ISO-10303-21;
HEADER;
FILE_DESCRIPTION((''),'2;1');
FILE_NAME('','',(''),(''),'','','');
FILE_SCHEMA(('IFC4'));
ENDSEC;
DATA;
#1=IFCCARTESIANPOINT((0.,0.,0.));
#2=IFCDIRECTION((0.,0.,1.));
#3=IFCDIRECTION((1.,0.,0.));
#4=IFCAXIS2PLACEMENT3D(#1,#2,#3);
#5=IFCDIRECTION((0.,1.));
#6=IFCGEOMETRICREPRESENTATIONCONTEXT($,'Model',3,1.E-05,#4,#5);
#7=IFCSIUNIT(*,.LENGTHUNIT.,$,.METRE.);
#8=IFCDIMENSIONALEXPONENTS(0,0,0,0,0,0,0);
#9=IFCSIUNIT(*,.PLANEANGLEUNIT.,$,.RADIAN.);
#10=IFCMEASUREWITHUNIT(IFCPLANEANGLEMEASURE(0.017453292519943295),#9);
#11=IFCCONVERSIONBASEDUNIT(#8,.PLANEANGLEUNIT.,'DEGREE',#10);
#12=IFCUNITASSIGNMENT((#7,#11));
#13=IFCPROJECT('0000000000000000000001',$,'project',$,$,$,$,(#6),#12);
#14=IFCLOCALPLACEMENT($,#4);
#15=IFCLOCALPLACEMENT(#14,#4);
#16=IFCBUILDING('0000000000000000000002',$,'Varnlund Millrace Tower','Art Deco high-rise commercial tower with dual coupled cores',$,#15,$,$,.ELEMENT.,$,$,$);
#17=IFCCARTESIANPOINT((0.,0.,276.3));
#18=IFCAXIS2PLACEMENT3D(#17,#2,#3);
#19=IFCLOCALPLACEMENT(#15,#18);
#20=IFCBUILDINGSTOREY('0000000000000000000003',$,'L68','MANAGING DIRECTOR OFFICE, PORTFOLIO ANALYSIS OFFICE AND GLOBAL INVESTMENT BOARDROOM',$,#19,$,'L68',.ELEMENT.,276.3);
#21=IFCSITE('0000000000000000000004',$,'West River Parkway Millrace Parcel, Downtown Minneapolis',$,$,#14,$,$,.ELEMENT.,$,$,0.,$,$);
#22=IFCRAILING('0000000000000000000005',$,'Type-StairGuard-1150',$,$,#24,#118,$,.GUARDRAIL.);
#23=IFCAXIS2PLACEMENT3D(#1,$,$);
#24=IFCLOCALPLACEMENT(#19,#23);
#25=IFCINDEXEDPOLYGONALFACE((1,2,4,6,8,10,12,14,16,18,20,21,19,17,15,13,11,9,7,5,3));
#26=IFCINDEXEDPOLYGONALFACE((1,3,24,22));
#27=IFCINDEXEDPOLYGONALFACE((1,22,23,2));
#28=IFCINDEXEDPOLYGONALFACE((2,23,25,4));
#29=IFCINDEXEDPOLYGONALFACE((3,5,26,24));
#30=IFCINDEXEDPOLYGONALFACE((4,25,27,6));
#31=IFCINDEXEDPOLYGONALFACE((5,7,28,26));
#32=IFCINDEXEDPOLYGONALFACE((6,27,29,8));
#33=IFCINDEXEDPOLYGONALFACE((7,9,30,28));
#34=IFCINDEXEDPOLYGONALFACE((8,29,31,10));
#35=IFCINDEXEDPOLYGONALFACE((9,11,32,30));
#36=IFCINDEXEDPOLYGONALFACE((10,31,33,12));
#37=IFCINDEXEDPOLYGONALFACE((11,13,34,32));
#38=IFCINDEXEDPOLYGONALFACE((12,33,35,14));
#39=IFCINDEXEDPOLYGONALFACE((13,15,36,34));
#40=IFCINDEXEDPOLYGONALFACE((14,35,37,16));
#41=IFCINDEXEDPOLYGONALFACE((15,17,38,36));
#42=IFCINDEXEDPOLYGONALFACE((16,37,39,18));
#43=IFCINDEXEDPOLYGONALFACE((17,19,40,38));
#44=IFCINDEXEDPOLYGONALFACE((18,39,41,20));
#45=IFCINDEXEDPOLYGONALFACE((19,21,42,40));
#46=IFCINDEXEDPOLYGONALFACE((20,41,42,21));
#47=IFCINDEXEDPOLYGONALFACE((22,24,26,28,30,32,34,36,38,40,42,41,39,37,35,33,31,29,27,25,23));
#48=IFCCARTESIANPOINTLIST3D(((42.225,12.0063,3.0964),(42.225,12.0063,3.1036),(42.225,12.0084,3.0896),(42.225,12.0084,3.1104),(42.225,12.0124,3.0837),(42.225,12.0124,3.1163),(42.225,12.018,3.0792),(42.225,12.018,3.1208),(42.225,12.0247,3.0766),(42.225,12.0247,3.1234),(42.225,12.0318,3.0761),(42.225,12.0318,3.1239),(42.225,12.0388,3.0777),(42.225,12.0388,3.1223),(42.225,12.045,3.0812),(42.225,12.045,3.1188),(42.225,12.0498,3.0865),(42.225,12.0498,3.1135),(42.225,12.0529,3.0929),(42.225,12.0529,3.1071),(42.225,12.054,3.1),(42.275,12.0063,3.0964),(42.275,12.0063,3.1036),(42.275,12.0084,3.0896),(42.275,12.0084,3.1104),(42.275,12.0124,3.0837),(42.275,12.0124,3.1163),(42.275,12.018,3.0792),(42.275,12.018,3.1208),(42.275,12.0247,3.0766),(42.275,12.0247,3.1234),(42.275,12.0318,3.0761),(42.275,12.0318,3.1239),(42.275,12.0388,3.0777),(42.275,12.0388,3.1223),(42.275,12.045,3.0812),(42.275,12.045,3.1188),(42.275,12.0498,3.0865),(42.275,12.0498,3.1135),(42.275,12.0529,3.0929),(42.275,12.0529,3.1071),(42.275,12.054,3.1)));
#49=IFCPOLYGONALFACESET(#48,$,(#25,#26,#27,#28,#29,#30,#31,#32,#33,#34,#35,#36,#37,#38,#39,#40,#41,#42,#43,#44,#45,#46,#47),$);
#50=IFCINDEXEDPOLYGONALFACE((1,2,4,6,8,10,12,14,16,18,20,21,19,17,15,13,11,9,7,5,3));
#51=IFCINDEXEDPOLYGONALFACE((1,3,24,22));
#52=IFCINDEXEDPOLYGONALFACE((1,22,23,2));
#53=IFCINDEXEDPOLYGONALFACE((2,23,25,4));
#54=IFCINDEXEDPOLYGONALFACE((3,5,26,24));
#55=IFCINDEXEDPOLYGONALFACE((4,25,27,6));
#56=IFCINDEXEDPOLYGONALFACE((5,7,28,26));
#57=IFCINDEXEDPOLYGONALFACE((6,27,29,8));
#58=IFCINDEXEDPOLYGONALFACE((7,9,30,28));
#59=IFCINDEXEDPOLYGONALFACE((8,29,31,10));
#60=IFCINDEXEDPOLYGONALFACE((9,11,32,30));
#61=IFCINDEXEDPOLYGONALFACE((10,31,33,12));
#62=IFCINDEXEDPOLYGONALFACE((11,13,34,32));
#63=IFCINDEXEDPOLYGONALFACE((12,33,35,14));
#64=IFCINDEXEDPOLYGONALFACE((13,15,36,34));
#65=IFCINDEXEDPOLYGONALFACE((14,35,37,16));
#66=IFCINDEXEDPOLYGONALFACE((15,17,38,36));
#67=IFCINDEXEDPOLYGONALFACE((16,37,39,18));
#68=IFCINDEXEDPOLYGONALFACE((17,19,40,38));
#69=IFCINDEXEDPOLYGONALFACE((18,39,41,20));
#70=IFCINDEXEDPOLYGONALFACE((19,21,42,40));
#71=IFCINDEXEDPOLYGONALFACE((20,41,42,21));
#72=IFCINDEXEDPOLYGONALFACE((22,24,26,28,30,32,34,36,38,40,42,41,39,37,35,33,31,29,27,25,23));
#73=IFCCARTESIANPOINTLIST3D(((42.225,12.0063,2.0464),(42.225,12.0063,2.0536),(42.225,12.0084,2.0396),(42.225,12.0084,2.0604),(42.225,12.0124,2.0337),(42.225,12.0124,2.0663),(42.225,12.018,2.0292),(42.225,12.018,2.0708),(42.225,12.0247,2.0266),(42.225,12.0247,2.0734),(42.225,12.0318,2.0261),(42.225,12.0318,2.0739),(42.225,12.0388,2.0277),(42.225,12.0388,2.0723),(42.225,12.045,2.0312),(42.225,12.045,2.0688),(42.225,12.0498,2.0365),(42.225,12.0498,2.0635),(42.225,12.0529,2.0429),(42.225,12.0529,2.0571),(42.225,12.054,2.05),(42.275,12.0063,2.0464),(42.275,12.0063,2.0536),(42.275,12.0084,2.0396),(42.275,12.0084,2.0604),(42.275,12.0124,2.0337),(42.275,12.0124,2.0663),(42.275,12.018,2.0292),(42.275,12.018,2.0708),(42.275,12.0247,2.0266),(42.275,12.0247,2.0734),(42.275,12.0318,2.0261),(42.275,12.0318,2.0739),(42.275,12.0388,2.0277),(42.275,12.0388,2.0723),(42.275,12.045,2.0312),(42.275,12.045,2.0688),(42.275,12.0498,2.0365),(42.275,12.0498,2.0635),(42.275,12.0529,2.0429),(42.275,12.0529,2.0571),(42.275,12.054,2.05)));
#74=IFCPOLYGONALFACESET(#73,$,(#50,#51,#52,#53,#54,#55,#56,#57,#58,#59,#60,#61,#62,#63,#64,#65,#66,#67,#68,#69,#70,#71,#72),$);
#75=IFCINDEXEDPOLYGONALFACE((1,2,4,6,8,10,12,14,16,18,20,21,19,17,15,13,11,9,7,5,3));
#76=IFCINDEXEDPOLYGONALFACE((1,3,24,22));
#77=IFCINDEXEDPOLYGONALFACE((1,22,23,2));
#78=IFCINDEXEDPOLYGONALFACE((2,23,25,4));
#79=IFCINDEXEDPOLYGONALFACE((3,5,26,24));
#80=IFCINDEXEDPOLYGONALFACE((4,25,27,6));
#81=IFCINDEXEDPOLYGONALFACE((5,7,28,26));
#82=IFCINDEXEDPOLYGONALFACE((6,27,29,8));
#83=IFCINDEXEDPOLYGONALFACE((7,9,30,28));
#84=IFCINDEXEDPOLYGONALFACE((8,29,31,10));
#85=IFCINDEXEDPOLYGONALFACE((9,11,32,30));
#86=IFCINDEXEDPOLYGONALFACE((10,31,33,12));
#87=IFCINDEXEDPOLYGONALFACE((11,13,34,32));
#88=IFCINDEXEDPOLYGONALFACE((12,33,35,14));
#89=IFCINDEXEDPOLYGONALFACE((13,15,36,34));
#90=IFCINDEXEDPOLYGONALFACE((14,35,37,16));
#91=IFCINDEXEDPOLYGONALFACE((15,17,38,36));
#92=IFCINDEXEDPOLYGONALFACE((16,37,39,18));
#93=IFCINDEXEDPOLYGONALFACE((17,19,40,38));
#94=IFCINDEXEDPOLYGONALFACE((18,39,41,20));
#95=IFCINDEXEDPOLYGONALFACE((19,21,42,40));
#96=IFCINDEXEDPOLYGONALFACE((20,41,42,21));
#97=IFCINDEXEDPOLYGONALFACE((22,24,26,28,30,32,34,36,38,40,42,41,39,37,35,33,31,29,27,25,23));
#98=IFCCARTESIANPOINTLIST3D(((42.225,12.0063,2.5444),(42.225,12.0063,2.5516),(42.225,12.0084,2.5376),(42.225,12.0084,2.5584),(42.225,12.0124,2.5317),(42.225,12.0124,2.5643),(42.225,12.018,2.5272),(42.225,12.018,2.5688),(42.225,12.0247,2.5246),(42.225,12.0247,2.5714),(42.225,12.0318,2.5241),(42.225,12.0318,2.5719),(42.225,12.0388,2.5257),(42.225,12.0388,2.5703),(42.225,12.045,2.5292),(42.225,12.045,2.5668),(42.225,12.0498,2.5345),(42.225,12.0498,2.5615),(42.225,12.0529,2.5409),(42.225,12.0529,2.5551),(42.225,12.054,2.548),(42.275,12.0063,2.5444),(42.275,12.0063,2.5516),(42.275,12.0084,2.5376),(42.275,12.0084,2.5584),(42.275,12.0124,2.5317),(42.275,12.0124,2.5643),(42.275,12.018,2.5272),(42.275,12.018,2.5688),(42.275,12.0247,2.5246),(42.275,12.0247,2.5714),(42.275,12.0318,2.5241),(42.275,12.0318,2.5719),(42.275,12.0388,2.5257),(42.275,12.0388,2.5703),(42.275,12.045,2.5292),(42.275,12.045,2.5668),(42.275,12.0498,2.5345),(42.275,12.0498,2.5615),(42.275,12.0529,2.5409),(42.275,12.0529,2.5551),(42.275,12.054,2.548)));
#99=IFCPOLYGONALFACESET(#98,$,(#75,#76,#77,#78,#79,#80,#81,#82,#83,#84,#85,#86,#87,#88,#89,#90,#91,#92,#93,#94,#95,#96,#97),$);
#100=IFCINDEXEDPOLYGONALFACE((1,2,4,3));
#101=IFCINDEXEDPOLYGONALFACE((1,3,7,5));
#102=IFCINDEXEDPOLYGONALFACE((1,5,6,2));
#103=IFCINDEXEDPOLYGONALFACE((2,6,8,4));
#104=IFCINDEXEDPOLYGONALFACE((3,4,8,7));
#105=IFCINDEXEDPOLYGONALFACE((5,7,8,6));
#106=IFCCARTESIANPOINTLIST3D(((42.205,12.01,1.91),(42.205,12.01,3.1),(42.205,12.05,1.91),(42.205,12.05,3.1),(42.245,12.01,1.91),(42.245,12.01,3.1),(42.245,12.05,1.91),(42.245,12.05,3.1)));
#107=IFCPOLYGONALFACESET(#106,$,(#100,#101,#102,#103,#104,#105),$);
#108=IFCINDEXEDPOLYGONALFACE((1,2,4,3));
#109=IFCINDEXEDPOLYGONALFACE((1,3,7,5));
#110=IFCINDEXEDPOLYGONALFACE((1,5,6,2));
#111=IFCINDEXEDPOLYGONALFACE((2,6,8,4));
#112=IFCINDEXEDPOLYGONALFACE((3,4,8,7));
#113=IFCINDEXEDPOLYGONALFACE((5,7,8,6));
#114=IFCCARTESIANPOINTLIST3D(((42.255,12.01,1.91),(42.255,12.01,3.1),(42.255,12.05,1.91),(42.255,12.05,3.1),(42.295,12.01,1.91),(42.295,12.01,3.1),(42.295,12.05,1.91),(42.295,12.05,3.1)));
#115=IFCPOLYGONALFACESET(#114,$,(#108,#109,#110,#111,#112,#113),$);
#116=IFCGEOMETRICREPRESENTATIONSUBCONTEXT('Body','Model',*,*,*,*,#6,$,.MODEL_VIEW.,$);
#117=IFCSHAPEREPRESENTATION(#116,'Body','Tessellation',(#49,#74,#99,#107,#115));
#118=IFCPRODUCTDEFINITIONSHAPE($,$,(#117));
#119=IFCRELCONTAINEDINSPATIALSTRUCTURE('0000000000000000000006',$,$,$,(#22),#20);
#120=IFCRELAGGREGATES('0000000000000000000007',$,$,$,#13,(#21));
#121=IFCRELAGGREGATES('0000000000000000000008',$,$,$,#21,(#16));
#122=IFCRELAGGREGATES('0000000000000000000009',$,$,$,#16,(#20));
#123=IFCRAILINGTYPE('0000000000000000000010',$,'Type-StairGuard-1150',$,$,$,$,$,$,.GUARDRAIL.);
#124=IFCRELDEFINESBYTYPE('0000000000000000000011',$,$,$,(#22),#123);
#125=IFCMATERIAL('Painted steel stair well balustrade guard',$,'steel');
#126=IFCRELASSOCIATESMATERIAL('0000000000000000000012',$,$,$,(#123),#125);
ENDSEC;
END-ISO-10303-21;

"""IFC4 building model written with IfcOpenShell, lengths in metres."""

from ifc_helpers import new_model, entity, si_unit, converted_unit, direction, frame, origin_with_axes, origin_2d_with_axis, place, context, subcontext, project, spatial, rectangle, circle, extrude, material, type_object, element, save


model = new_model("IFC4")

# Units and contexts
model_context = context("Model", 3, precision=1e-05, world=origin_with_axes(), true_north=direction((0.0, 1.0)))
body_context = subcontext(model_context, "Body", "Model", "MODEL_VIEW")
ifc_project = project(units=[si_unit("LENGTHUNIT", "METRE"), converted_unit("PLANEANGLEUNIT", "DEGREE", entity("IfcPlaneAngleMeasure", 0.017453292519943295), si_unit("PLANEANGLEUNIT", "RADIAN"), dimensions=[0, 0, 0, 0, 0, 0, 0])], contexts=[model_context])

# Site, building, storey
site_placement = place(None, origin_with_axes())
site = spatial("IfcSite", under=ifc_project, at=site_placement, Name="West River Parkway Millrace Parcel, Downtown Minneapolis", CompositionType="ELEMENT", RefElevation=0.0)
building_placement = place(site_placement, origin_with_axes())
building = spatial("IfcBuilding", under=site, at=building_placement, Name="Varnlund Millrace Tower", Description="Art Deco high-rise commercial tower with dual coupled cores", CompositionType="ELEMENT")
storey_placement = place(building_placement, frame((0.0, 0.0, 276.3), z_axis=(0.0, 0.0, 1.0), x_axis=(1.0, 0.0, 0.0)))
storey = spatial("IfcBuildingStorey", under=building, at=storey_placement, Name="L68", Description="MANAGING DIRECTOR OFFICE, PORTFOLIO ANALYSIS OFFICE AND GLOBAL INVESTMENT BOARDROOM", LongName="L68", CompositionType="ELEMENT", Elevation=276.3)

# Railing
ifc_material_1 = material(Name="Painted steel stair well balustrade guard", Category="steel")
railing_type_1 = type_object("IfcRailingType", Name="Type-StairGuard-1150", PredefinedType="GUARDRAIL", material=ifc_material_1)
railing_1_placement = place(storey_placement, frame((0.0, 0.0, -276.3), z_axis=(0.0, 0.0, 1.0), x_axis=(1.0, 0.0, 0.0)))
element("IfcRailing", 1, at=railing_1_placement, inside=storey, type_object=railing_type_1, Name="Type-StairGuard-1150", PredefinedType="GUARDRAIL", context=body_context, shape_type="SweptSolid", body=[
    extrude(circle(Radius=0.024, at=origin_2d_with_axis()), frame((42.225, 12.03, 279.4), z_axis=(1.0, 0.0, 0.0), x_axis=(0.0, 1.0, 0.0)), (0.0, 0.0, 1.0), 0.05),
    extrude(circle(Radius=0.024, at=origin_2d_with_axis()), frame((42.225, 12.03, 278.35), z_axis=(1.0, 0.0, 0.0), x_axis=(0.0, 1.0, 0.0)), (0.0, 0.0, 1.0), 0.05),
    extrude(circle(Radius=0.024, at=origin_2d_with_axis()), frame((42.225, 12.03, 278.848), z_axis=(1.0, 0.0, 0.0), x_axis=(0.0, 1.0, 0.0)), (0.0, 0.0, 1.0), 0.05),
    extrude(rectangle(XDim=0.04, YDim=0.04, at=origin_2d_with_axis()), frame((42.225, 12.03, 278.21), z_axis=(0.0, 0.0, 1.0), x_axis=(1.0, 0.0, 0.0)), (0.0, 0.0, 1.0), 1.19),
    extrude(rectangle(XDim=0.04, YDim=0.04, at=origin_2d_with_axis()), frame((42.275, 12.03, 278.21), z_axis=(0.0, 0.0, 1.0), x_axis=(1.0, 0.0, 0.0)), (0.0, 0.0, 1.0), 1.19),
])

save(model, "model.ifc")
